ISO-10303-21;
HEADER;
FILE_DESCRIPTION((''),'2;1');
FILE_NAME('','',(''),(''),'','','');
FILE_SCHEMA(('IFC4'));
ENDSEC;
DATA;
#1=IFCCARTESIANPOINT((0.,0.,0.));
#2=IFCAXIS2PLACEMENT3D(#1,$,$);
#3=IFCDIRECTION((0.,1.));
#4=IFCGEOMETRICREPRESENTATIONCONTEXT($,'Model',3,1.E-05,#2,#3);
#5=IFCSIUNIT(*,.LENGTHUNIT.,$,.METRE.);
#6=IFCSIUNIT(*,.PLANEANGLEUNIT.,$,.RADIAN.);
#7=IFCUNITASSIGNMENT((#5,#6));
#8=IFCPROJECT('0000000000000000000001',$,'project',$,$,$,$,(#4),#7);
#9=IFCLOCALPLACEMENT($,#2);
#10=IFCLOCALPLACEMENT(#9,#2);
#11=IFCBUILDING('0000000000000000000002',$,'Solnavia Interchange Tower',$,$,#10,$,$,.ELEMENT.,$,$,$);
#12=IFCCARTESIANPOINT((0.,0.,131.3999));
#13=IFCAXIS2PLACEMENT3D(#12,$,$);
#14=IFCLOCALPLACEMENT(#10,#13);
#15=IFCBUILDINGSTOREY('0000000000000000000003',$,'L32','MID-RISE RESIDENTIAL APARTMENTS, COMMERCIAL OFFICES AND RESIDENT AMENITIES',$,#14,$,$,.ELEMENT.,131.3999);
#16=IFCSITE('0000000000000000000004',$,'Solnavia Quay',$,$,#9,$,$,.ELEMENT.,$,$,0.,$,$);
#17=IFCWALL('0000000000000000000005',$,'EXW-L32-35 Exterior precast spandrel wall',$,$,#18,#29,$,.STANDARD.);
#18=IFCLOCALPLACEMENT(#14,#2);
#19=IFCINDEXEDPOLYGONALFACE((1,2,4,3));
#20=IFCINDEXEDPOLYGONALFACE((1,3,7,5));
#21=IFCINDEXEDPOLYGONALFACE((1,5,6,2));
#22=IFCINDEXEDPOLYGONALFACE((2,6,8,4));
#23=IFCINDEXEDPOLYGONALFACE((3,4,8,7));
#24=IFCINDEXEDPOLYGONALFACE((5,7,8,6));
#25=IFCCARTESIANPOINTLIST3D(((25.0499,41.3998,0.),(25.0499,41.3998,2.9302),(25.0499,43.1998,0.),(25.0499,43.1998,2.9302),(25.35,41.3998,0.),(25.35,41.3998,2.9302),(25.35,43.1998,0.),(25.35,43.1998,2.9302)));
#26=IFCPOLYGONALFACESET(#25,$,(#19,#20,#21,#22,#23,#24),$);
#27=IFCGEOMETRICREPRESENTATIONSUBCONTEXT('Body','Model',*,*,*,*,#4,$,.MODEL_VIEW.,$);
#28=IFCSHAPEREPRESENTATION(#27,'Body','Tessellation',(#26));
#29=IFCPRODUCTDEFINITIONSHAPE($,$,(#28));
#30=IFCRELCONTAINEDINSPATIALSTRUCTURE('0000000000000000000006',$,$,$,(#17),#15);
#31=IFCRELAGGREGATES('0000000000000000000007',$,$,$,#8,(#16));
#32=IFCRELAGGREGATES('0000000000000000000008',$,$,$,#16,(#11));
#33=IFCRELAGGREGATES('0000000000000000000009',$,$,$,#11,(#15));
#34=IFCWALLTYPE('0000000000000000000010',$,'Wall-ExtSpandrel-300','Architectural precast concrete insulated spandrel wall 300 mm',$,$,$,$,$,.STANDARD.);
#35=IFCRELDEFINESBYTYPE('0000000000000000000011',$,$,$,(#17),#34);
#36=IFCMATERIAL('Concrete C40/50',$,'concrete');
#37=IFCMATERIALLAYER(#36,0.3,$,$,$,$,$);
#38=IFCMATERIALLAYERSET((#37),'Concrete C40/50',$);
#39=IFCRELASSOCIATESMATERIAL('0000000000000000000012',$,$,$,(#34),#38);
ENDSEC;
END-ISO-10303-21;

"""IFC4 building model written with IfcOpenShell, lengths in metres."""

from ifc_helpers import new_model, si_unit, direction, frame, frame_2d, origin, place, context, subcontext, project, spatial, rectangle, extrude, material, layer, layer_set, type_object, element, save


model = new_model("IFC4")

# Units and contexts
model_context = context("Model", 3, precision=1e-05, world=origin(), true_north=direction((0.0, 1.0)))
body_context = subcontext(model_context, "Body", "Model", "MODEL_VIEW")
ifc_project = project(units=[si_unit("LENGTHUNIT", "METRE"), si_unit("PLANEANGLEUNIT", "RADIAN")], contexts=[model_context])

# Site, building, storey
site_placement = place(None, origin())
site = spatial("IfcSite", under=ifc_project, at=site_placement, Name="Solnavia Quay", CompositionType="ELEMENT", RefElevation=0.0)
building_placement = place(site_placement, origin())
building = spatial("IfcBuilding", under=site, at=building_placement, Name="Solnavia Interchange Tower", CompositionType="ELEMENT")
storey_placement = place(building_placement, frame((0.0, 0.0, 131.3999)))
storey = spatial("IfcBuildingStorey", under=building, at=storey_placement, Name="L32", Description="MID-RISE RESIDENTIAL APARTMENTS, COMMERCIAL OFFICES AND RESIDENT AMENITIES", CompositionType="ELEMENT", Elevation=131.3999)

# Shared definitions
ifc_material_1 = material(Name="Concrete C40/50", Category="concrete")
ifc_layer = layer(ifc_material_1, 0.3)
ifc_layer_set = layer_set([ifc_layer], Name="Concrete C40/50")
wall_type = type_object("IfcWallType", Name="Wall-ExtSpandrel-300", Description="Architectural precast concrete insulated spandrel wall 300 mm", PredefinedType="STANDARD", material=ifc_layer_set)

# Wall
wall_1_placement = place(storey_placement, frame((25.2, 41.3999, 0.0), z_axis=(0.0, 0.0, 1.0), x_axis=(0.0, 1.0, 0.0)))
element("IfcWall", 1, at=wall_1_placement, inside=storey, type_object=wall_type, Name="EXW-L32-35 Exterior precast spandrel wall", PredefinedType="STANDARD", context=body_context, shape_type="SweptSolid", body=[
    extrude(rectangle(XDim=1.8, YDim=0.3, at=frame_2d((0.8999, 0.0))), origin(), (0.0, 0.0, 1.0), 2.9302),
])

save(model, "model.ifc")
